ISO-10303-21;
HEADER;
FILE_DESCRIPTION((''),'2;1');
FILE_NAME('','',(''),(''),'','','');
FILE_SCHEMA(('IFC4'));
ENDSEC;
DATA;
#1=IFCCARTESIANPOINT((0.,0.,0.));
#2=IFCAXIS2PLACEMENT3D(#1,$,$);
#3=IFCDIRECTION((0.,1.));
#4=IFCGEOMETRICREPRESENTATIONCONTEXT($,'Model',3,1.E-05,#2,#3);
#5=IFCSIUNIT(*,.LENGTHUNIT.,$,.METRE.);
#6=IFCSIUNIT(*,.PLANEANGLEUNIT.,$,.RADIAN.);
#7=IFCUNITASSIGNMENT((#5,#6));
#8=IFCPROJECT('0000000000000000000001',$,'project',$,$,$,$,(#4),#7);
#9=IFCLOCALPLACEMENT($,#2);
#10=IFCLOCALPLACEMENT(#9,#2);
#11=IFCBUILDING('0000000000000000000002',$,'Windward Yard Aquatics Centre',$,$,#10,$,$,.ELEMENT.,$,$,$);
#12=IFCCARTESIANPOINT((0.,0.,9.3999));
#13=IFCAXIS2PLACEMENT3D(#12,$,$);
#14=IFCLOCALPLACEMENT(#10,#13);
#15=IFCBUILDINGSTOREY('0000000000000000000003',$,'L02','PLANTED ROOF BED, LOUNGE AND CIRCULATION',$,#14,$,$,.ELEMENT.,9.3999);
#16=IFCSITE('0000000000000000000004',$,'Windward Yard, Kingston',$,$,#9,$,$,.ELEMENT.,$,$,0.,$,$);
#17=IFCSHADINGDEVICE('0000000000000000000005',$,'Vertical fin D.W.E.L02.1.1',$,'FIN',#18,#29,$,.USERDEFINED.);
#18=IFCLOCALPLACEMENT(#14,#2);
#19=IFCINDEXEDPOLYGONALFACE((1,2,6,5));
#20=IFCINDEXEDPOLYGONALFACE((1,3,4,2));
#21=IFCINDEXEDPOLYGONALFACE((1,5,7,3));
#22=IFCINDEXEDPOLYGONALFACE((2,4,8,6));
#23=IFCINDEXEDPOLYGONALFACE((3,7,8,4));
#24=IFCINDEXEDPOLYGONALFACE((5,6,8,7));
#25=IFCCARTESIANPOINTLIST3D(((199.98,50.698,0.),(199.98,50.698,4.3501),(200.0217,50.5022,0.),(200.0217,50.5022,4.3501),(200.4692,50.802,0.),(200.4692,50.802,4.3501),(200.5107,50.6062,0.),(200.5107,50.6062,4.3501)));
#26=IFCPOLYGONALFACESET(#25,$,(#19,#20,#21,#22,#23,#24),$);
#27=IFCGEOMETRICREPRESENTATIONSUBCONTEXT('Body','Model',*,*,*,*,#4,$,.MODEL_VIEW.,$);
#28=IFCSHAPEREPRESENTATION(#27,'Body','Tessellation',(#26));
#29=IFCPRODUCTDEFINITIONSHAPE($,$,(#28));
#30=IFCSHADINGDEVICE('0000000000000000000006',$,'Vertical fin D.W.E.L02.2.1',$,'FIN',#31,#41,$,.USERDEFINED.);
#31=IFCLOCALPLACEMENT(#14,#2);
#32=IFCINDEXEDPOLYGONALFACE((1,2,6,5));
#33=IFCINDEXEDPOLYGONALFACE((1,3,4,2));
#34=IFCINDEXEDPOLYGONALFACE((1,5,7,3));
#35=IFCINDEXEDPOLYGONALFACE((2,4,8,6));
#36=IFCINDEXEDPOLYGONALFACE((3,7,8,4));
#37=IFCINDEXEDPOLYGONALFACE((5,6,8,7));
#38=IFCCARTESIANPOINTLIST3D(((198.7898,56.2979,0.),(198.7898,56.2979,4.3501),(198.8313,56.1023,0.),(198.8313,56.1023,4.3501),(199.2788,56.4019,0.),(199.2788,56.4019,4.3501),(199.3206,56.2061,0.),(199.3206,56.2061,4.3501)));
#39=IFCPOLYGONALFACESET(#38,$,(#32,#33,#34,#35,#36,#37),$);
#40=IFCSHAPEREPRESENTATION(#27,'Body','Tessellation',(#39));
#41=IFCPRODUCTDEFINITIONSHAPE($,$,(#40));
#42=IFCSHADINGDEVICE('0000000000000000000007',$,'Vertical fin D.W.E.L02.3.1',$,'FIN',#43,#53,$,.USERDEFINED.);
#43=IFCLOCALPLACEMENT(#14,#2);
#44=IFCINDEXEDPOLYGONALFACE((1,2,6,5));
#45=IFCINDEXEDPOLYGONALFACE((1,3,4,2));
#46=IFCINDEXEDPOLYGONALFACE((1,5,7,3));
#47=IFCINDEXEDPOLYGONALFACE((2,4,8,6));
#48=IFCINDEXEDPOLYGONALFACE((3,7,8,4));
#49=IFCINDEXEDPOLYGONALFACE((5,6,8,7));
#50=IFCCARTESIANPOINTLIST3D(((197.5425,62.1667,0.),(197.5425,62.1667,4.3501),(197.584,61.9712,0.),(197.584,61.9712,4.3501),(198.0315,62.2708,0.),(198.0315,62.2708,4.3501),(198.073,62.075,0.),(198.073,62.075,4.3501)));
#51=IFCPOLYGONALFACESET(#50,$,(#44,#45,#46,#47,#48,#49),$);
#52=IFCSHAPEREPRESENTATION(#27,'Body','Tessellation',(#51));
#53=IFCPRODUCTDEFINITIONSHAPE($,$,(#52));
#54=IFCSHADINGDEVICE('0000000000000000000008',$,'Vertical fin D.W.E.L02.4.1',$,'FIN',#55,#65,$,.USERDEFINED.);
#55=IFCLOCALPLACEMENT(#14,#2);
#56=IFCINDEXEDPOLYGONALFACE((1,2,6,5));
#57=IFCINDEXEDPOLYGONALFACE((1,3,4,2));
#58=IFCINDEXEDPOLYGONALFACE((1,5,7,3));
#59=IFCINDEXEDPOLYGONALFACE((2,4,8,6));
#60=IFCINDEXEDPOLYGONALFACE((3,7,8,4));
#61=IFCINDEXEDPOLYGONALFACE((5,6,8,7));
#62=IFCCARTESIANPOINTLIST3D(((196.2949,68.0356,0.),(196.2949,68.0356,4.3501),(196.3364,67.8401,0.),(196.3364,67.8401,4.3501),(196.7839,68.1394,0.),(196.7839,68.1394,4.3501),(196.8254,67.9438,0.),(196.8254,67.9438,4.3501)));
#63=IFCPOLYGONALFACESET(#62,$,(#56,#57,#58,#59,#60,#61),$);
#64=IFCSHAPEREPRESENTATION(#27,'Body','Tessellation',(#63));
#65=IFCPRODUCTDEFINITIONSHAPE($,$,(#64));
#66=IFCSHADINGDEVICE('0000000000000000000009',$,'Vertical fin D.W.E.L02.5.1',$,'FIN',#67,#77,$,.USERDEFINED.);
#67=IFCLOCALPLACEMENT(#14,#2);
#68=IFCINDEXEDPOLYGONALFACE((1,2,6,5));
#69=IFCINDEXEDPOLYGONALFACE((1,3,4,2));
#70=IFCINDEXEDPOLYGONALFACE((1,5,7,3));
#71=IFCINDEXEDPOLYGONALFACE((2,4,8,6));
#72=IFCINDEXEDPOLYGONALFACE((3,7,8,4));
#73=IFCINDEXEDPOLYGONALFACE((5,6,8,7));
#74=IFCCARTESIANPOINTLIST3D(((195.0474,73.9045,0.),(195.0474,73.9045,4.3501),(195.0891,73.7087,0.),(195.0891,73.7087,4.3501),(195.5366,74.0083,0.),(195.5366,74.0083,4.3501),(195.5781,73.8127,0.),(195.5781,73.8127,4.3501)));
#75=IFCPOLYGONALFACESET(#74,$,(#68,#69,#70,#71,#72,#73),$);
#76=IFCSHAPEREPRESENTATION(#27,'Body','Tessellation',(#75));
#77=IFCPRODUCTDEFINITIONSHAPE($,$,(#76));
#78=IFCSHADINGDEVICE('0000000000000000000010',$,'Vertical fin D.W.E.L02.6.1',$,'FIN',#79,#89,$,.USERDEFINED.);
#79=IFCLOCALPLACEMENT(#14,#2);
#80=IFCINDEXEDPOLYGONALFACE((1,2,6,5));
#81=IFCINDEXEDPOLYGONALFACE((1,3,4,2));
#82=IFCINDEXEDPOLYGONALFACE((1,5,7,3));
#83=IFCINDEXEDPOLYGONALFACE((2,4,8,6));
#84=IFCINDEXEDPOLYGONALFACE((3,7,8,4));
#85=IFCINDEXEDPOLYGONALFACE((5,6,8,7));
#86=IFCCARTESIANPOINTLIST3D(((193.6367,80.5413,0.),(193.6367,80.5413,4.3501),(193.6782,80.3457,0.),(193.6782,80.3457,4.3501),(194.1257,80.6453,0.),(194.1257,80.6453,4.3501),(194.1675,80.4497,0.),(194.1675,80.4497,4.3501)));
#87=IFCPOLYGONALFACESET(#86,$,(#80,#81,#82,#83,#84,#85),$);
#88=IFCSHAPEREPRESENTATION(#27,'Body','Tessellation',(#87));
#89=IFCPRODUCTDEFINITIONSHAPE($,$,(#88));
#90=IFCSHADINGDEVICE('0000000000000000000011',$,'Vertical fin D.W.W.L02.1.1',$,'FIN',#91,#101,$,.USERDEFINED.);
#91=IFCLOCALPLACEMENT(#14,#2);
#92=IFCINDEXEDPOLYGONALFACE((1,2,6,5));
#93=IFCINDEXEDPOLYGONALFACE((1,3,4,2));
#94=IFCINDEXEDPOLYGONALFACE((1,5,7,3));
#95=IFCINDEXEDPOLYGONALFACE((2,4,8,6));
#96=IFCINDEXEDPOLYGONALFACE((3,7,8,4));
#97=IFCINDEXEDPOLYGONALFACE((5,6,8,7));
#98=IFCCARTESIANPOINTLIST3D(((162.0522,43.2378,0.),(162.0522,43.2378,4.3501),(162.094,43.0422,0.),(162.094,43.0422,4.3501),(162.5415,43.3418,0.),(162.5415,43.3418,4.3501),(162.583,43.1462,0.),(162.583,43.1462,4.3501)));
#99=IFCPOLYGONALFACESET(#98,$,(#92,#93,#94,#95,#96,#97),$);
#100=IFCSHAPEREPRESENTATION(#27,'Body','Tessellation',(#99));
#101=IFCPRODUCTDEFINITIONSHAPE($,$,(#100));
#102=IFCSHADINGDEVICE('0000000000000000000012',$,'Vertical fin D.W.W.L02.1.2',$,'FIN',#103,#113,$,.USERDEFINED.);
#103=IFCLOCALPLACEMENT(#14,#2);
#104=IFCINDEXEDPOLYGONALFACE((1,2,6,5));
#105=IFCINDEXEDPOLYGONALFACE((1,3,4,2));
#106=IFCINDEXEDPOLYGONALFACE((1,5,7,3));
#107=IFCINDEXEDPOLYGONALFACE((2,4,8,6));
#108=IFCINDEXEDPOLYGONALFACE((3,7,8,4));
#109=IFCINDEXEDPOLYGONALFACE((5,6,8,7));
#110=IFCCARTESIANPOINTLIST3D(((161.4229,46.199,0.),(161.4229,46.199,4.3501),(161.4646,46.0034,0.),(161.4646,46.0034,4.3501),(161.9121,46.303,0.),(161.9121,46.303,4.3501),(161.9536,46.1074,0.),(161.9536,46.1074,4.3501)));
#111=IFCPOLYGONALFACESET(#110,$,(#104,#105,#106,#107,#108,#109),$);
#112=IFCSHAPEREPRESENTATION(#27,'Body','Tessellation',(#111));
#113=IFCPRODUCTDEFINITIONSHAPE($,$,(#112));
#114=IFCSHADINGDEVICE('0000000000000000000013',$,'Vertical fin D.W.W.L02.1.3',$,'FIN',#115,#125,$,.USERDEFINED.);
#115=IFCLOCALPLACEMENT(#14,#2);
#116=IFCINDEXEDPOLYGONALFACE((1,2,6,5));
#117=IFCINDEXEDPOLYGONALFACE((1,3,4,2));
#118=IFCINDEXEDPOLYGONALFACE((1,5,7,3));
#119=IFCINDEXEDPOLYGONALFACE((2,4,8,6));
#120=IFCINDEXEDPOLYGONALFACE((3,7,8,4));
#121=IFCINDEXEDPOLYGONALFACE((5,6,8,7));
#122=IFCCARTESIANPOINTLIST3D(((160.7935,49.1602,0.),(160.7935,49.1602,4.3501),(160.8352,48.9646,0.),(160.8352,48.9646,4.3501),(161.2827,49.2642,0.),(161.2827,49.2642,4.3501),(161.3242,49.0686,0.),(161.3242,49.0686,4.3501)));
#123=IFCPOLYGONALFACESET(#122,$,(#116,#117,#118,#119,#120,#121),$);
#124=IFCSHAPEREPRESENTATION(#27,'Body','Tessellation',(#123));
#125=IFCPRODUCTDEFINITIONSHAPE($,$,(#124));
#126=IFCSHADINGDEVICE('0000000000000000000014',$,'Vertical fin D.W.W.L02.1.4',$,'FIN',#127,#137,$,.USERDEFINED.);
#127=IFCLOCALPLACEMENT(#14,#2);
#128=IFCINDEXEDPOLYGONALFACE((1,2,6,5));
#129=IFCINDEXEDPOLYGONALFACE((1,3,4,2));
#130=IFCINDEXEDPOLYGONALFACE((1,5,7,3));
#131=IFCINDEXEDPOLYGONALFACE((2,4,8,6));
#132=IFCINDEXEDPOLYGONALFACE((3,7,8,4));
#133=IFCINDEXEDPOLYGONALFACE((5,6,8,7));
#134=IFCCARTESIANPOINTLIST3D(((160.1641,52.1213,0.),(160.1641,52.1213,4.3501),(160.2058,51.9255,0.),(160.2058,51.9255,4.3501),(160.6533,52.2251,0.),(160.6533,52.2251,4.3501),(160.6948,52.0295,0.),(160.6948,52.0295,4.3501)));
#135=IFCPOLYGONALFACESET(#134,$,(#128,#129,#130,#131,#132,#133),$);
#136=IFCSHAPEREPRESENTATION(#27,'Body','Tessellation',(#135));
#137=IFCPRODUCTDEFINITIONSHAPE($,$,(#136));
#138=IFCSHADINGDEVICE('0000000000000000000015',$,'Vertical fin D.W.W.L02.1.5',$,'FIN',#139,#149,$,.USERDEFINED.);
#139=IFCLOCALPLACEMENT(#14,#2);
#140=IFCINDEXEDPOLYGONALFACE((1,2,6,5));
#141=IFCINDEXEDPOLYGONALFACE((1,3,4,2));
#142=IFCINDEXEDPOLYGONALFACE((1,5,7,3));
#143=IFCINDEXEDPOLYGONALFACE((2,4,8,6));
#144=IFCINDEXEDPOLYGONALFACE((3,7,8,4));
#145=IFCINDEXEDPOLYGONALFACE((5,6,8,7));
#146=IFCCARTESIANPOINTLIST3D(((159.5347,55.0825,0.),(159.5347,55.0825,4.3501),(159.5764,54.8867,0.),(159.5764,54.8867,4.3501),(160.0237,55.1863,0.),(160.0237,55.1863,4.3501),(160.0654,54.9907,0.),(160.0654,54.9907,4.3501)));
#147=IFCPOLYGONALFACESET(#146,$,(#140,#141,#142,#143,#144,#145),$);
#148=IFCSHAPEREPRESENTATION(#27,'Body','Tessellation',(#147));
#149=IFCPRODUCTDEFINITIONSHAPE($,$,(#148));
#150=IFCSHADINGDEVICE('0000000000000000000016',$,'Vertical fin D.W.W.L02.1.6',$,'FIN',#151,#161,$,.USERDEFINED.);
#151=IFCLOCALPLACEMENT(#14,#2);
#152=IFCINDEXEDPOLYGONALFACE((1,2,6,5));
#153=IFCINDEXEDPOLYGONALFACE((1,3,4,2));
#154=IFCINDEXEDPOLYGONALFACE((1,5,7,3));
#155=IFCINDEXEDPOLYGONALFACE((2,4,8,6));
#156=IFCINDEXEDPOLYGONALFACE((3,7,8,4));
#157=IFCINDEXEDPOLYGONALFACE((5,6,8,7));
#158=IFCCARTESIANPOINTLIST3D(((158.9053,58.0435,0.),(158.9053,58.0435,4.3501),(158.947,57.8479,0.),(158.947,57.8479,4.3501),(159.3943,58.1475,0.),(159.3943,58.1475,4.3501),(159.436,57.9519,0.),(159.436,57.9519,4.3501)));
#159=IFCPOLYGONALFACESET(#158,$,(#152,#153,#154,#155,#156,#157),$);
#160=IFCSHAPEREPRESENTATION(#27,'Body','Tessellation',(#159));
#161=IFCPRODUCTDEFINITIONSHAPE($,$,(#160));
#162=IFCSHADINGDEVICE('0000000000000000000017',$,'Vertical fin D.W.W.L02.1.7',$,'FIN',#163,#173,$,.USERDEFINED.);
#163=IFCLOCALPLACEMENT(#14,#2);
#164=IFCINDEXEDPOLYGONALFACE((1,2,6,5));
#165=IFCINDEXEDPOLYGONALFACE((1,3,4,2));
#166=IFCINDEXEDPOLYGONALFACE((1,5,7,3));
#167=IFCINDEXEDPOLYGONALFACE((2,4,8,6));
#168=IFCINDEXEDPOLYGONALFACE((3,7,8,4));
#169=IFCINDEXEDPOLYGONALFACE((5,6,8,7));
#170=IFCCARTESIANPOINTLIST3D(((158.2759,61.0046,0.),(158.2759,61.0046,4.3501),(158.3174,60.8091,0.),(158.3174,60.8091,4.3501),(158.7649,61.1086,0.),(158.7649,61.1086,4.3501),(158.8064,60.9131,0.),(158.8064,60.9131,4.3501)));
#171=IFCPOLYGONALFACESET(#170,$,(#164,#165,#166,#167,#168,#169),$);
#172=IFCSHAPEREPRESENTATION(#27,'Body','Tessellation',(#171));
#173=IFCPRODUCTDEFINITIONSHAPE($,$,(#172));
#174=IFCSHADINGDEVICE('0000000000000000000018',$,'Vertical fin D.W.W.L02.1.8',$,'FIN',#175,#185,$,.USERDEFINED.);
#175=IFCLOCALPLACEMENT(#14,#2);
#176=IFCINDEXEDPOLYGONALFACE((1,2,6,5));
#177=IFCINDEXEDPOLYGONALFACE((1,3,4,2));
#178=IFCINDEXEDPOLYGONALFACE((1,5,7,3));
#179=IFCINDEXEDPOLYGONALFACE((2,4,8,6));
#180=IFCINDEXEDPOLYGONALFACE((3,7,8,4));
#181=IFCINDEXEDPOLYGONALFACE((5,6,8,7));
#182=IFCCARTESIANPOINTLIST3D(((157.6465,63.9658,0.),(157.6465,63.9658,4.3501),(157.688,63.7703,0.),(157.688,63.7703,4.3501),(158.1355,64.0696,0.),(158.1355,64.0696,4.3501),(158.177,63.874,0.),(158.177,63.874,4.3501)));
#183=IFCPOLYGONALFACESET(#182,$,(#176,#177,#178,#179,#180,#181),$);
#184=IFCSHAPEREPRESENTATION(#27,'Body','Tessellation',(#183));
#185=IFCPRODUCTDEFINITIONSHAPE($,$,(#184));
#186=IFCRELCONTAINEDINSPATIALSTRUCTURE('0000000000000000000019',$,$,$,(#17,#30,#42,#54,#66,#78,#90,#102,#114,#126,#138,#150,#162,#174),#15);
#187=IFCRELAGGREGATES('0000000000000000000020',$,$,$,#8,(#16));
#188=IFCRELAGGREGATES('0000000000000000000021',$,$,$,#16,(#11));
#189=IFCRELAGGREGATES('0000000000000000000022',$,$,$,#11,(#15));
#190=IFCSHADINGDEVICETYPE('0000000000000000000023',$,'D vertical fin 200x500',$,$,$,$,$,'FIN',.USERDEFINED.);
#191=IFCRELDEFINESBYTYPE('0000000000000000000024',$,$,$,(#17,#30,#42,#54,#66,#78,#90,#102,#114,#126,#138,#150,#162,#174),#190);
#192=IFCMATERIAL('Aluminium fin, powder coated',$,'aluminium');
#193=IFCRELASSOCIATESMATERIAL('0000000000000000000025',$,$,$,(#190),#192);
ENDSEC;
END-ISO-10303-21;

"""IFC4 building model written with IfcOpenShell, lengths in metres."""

from ifc_helpers import new_model, si_unit, direction, frame, origin, place, context, subcontext, project, spatial, polyline, outline, extrude, material, type_object, element, save


model = new_model("IFC4")

# Units and contexts
model_context = context("Model", 3, precision=1e-05, world=origin(), true_north=direction((0.0, 1.0)))
body_context = subcontext(model_context, "Body", "Model", "MODEL_VIEW")
ifc_project = project(units=[si_unit("LENGTHUNIT", "METRE"), si_unit("PLANEANGLEUNIT", "RADIAN")], contexts=[model_context])

# Site, building, storey
site_placement = place(None, origin())
site = spatial("IfcSite", under=ifc_project, at=site_placement, Name="Windward Yard, Kingston", CompositionType="ELEMENT", RefElevation=0.0)
building_placement = place(site_placement, origin())
building = spatial("IfcBuilding", under=site, at=building_placement, Name="Windward Yard Aquatics Centre", CompositionType="ELEMENT")
storey_placement = place(building_placement, frame((0.0, 0.0, 9.3999)))
storey = spatial("IfcBuildingStorey", under=building, at=storey_placement, Name="L02", Description="PLANTED ROOF BED, LOUNGE AND CIRCULATION", CompositionType="ELEMENT", Elevation=9.3999)

# Shading devices
ifc_material_1 = material(Name="Aluminium fin, powder coated", Category="aluminium")
shading_device_type_1 = type_object("IfcShadingDeviceType", Name="D vertical fin 200x500", ElementType="FIN", PredefinedType="USERDEFINED", material=ifc_material_1)
shading_device_1_placement = place(storey_placement, origin())
element("IfcShadingDevice", 1, at=shading_device_1_placement, inside=storey, type_object=shading_device_type_1, Name="Vertical fin D.W.E.L02.1.1", ObjectType="FIN", PredefinedType="USERDEFINED", context=body_context, shape_type="SweptSolid", body=[
    extrude(outline(polyline([(199.98, 50.698), (200.4692, 50.802), (200.5107, 50.6062), (200.0217, 50.5022), (199.98, 50.698)])), origin(), (0.0, 0.0, 1.0), 4.3501),
])
shading_device_2_placement = place(storey_placement, origin())
element("IfcShadingDevice", 2, at=shading_device_2_placement, inside=storey, type_object=shading_device_type_1, Name="Vertical fin D.W.E.L02.2.1", ObjectType="FIN", PredefinedType="USERDEFINED", context=body_context, shape_type="SweptSolid", body=[
    extrude(outline(polyline([(198.7898, 56.2979), (199.2788, 56.4019), (199.3206, 56.2061), (198.8313, 56.1023), (198.7898, 56.2979)])), origin(), (0.0, 0.0, 1.0), 4.3501),
])
shading_device_3_placement = place(storey_placement, origin())
element("IfcShadingDevice", 3, at=shading_device_3_placement, inside=storey, type_object=shading_device_type_1, Name="Vertical fin D.W.E.L02.3.1", ObjectType="FIN", PredefinedType="USERDEFINED", context=body_context, shape_type="SweptSolid", body=[
    extrude(outline(polyline([(197.5425, 62.1667), (198.0315, 62.2708), (198.073, 62.075), (197.584, 61.9712), (197.5425, 62.1667)])), origin(), (0.0, 0.0, 1.0), 4.3501),
])
shading_device_4_placement = place(storey_placement, origin())
element("IfcShadingDevice", 4, at=shading_device_4_placement, inside=storey, type_object=shading_device_type_1, Name="Vertical fin D.W.E.L02.4.1", ObjectType="FIN", PredefinedType="USERDEFINED", context=body_context, shape_type="SweptSolid", body=[
    extrude(outline(polyline([(196.2949, 68.0356), (196.7839, 68.1394), (196.8254, 67.9438), (196.3364, 67.8401), (196.2949, 68.0356)])), origin(), (0.0, 0.0, 1.0), 4.3501),
])
shading_device_5_placement = place(storey_placement, origin())
element("IfcShadingDevice", 5, at=shading_device_5_placement, inside=storey, type_object=shading_device_type_1, Name="Vertical fin D.W.E.L02.5.1", ObjectType="FIN", PredefinedType="USERDEFINED", context=body_context, shape_type="SweptSolid", body=[
    extrude(outline(polyline([(195.0474, 73.9045), (195.5366, 74.0083), (195.5781, 73.8127), (195.0891, 73.7087), (195.0474, 73.9045)])), origin(), (0.0, 0.0, 1.0), 4.3501),
])
shading_device_6_placement = place(storey_placement, origin())
element("IfcShadingDevice", 6, at=shading_device_6_placement, inside=storey, type_object=shading_device_type_1, Name="Vertical fin D.W.E.L02.6.1", ObjectType="FIN", PredefinedType="USERDEFINED", context=body_context, shape_type="SweptSolid", body=[
    extrude(outline(polyline([(193.6367, 80.5413), (194.1257, 80.6453), (194.1675, 80.4497), (193.6782, 80.3457), (193.6367, 80.5413)])), origin(), (0.0, 0.0, 1.0), 4.3501),
])
shading_device_7_placement = place(storey_placement, origin())
element("IfcShadingDevice", 7, at=shading_device_7_placement, inside=storey, type_object=shading_device_type_1, Name="Vertical fin D.W.W.L02.1.1", ObjectType="FIN", PredefinedType="USERDEFINED", context=body_context, shape_type="SweptSolid", body=[
    extrude(outline(polyline([(162.0522, 43.2378), (162.094, 43.0422), (162.583, 43.1462), (162.5415, 43.3418), (162.0522, 43.2378)])), origin(), (0.0, 0.0, 1.0), 4.3501),
])
shading_device_8_placement = place(storey_placement, origin())
element("IfcShadingDevice", 8, at=shading_device_8_placement, inside=storey, type_object=shading_device_type_1, Name="Vertical fin D.W.W.L02.1.2", ObjectType="FIN", PredefinedType="USERDEFINED", context=body_context, shape_type="SweptSolid", body=[
    extrude(outline(polyline([(161.4229, 46.199), (161.4646, 46.0034), (161.9536, 46.1074), (161.9121, 46.303), (161.4229, 46.199)])), origin(), (0.0, 0.0, 1.0), 4.3501),
])
shading_device_9_placement = place(storey_placement, origin())
element("IfcShadingDevice", 9, at=shading_device_9_placement, inside=storey, type_object=shading_device_type_1, Name="Vertical fin D.W.W.L02.1.3", ObjectType="FIN", PredefinedType="USERDEFINED", context=body_context, shape_type="SweptSolid", body=[
    extrude(outline(polyline([(160.7935, 49.1602), (160.8352, 48.9646), (161.3242, 49.0686), (161.2827, 49.2642), (160.7935, 49.1602)])), origin(), (0.0, 0.0, 1.0), 4.3501),
])
shading_device_10_placement = place(storey_placement, origin())
element("IfcShadingDevice", 10, at=shading_device_10_placement, inside=storey, type_object=shading_device_type_1, Name="Vertical fin D.W.W.L02.1.4", ObjectType="FIN", PredefinedType="USERDEFINED", context=body_context, shape_type="SweptSolid", body=[
    extrude(outline(polyline([(160.1641, 52.1213), (160.2058, 51.9255), (160.6948, 52.0295), (160.6533, 52.2251), (160.1641, 52.1213)])), origin(), (0.0, 0.0, 1.0), 4.3501),
])
shading_device_11_placement = place(storey_placement, origin())
element("IfcShadingDevice", 11, at=shading_device_11_placement, inside=storey, type_object=shading_device_type_1, Name="Vertical fin D.W.W.L02.1.5", ObjectType="FIN", PredefinedType="USERDEFINED", context=body_context, shape_type="SweptSolid", body=[
    extrude(outline(polyline([(159.5347, 55.0825), (159.5764, 54.8867), (160.0654, 54.9907), (160.0237, 55.1863), (159.5347, 55.0825)])), origin(), (0.0, 0.0, 1.0), 4.3501),
])
shading_device_12_placement = place(storey_placement, origin())
element("IfcShadingDevice", 12, at=shading_device_12_placement, inside=storey, type_object=shading_device_type_1, Name="Vertical fin D.W.W.L02.1.6", ObjectType="FIN", PredefinedType="USERDEFINED", context=body_context, shape_type="SweptSolid", body=[
    extrude(outline(polyline([(158.9053, 58.0435), (158.947, 57.8479), (159.436, 57.9519), (159.3943, 58.1475), (158.9053, 58.0435)])), origin(), (0.0, 0.0, 1.0), 4.3501),
])
shading_device_13_placement = place(storey_placement, origin())
element("IfcShadingDevice", 13, at=shading_device_13_placement, inside=storey, type_object=shading_device_type_1, Name="Vertical fin D.W.W.L02.1.7", ObjectType="FIN", PredefinedType="USERDEFINED", context=body_context, shape_type="SweptSolid", body=[
    extrude(outline(polyline([(158.2759, 61.0046), (158.3174, 60.8091), (158.8064, 60.9131), (158.7649, 61.1086), (158.2759, 61.0046)])), origin(), (0.0, 0.0, 1.0), 4.3501),
])
shading_device_14_placement = place(storey_placement, origin())
element("IfcShadingDevice", 14, at=shading_device_14_placement, inside=storey, type_object=shading_device_type_1, Name="Vertical fin D.W.W.L02.1.8", ObjectType="FIN", PredefinedType="USERDEFINED", context=body_context, shape_type="SweptSolid", body=[
    extrude(outline(polyline([(157.6465, 63.9658), (157.688, 63.7703), (158.177, 63.874), (158.1355, 64.0696), (157.6465, 63.9658)])), origin(), (0.0, 0.0, 1.0), 4.3501),
])

save(model, "model.ifc")
